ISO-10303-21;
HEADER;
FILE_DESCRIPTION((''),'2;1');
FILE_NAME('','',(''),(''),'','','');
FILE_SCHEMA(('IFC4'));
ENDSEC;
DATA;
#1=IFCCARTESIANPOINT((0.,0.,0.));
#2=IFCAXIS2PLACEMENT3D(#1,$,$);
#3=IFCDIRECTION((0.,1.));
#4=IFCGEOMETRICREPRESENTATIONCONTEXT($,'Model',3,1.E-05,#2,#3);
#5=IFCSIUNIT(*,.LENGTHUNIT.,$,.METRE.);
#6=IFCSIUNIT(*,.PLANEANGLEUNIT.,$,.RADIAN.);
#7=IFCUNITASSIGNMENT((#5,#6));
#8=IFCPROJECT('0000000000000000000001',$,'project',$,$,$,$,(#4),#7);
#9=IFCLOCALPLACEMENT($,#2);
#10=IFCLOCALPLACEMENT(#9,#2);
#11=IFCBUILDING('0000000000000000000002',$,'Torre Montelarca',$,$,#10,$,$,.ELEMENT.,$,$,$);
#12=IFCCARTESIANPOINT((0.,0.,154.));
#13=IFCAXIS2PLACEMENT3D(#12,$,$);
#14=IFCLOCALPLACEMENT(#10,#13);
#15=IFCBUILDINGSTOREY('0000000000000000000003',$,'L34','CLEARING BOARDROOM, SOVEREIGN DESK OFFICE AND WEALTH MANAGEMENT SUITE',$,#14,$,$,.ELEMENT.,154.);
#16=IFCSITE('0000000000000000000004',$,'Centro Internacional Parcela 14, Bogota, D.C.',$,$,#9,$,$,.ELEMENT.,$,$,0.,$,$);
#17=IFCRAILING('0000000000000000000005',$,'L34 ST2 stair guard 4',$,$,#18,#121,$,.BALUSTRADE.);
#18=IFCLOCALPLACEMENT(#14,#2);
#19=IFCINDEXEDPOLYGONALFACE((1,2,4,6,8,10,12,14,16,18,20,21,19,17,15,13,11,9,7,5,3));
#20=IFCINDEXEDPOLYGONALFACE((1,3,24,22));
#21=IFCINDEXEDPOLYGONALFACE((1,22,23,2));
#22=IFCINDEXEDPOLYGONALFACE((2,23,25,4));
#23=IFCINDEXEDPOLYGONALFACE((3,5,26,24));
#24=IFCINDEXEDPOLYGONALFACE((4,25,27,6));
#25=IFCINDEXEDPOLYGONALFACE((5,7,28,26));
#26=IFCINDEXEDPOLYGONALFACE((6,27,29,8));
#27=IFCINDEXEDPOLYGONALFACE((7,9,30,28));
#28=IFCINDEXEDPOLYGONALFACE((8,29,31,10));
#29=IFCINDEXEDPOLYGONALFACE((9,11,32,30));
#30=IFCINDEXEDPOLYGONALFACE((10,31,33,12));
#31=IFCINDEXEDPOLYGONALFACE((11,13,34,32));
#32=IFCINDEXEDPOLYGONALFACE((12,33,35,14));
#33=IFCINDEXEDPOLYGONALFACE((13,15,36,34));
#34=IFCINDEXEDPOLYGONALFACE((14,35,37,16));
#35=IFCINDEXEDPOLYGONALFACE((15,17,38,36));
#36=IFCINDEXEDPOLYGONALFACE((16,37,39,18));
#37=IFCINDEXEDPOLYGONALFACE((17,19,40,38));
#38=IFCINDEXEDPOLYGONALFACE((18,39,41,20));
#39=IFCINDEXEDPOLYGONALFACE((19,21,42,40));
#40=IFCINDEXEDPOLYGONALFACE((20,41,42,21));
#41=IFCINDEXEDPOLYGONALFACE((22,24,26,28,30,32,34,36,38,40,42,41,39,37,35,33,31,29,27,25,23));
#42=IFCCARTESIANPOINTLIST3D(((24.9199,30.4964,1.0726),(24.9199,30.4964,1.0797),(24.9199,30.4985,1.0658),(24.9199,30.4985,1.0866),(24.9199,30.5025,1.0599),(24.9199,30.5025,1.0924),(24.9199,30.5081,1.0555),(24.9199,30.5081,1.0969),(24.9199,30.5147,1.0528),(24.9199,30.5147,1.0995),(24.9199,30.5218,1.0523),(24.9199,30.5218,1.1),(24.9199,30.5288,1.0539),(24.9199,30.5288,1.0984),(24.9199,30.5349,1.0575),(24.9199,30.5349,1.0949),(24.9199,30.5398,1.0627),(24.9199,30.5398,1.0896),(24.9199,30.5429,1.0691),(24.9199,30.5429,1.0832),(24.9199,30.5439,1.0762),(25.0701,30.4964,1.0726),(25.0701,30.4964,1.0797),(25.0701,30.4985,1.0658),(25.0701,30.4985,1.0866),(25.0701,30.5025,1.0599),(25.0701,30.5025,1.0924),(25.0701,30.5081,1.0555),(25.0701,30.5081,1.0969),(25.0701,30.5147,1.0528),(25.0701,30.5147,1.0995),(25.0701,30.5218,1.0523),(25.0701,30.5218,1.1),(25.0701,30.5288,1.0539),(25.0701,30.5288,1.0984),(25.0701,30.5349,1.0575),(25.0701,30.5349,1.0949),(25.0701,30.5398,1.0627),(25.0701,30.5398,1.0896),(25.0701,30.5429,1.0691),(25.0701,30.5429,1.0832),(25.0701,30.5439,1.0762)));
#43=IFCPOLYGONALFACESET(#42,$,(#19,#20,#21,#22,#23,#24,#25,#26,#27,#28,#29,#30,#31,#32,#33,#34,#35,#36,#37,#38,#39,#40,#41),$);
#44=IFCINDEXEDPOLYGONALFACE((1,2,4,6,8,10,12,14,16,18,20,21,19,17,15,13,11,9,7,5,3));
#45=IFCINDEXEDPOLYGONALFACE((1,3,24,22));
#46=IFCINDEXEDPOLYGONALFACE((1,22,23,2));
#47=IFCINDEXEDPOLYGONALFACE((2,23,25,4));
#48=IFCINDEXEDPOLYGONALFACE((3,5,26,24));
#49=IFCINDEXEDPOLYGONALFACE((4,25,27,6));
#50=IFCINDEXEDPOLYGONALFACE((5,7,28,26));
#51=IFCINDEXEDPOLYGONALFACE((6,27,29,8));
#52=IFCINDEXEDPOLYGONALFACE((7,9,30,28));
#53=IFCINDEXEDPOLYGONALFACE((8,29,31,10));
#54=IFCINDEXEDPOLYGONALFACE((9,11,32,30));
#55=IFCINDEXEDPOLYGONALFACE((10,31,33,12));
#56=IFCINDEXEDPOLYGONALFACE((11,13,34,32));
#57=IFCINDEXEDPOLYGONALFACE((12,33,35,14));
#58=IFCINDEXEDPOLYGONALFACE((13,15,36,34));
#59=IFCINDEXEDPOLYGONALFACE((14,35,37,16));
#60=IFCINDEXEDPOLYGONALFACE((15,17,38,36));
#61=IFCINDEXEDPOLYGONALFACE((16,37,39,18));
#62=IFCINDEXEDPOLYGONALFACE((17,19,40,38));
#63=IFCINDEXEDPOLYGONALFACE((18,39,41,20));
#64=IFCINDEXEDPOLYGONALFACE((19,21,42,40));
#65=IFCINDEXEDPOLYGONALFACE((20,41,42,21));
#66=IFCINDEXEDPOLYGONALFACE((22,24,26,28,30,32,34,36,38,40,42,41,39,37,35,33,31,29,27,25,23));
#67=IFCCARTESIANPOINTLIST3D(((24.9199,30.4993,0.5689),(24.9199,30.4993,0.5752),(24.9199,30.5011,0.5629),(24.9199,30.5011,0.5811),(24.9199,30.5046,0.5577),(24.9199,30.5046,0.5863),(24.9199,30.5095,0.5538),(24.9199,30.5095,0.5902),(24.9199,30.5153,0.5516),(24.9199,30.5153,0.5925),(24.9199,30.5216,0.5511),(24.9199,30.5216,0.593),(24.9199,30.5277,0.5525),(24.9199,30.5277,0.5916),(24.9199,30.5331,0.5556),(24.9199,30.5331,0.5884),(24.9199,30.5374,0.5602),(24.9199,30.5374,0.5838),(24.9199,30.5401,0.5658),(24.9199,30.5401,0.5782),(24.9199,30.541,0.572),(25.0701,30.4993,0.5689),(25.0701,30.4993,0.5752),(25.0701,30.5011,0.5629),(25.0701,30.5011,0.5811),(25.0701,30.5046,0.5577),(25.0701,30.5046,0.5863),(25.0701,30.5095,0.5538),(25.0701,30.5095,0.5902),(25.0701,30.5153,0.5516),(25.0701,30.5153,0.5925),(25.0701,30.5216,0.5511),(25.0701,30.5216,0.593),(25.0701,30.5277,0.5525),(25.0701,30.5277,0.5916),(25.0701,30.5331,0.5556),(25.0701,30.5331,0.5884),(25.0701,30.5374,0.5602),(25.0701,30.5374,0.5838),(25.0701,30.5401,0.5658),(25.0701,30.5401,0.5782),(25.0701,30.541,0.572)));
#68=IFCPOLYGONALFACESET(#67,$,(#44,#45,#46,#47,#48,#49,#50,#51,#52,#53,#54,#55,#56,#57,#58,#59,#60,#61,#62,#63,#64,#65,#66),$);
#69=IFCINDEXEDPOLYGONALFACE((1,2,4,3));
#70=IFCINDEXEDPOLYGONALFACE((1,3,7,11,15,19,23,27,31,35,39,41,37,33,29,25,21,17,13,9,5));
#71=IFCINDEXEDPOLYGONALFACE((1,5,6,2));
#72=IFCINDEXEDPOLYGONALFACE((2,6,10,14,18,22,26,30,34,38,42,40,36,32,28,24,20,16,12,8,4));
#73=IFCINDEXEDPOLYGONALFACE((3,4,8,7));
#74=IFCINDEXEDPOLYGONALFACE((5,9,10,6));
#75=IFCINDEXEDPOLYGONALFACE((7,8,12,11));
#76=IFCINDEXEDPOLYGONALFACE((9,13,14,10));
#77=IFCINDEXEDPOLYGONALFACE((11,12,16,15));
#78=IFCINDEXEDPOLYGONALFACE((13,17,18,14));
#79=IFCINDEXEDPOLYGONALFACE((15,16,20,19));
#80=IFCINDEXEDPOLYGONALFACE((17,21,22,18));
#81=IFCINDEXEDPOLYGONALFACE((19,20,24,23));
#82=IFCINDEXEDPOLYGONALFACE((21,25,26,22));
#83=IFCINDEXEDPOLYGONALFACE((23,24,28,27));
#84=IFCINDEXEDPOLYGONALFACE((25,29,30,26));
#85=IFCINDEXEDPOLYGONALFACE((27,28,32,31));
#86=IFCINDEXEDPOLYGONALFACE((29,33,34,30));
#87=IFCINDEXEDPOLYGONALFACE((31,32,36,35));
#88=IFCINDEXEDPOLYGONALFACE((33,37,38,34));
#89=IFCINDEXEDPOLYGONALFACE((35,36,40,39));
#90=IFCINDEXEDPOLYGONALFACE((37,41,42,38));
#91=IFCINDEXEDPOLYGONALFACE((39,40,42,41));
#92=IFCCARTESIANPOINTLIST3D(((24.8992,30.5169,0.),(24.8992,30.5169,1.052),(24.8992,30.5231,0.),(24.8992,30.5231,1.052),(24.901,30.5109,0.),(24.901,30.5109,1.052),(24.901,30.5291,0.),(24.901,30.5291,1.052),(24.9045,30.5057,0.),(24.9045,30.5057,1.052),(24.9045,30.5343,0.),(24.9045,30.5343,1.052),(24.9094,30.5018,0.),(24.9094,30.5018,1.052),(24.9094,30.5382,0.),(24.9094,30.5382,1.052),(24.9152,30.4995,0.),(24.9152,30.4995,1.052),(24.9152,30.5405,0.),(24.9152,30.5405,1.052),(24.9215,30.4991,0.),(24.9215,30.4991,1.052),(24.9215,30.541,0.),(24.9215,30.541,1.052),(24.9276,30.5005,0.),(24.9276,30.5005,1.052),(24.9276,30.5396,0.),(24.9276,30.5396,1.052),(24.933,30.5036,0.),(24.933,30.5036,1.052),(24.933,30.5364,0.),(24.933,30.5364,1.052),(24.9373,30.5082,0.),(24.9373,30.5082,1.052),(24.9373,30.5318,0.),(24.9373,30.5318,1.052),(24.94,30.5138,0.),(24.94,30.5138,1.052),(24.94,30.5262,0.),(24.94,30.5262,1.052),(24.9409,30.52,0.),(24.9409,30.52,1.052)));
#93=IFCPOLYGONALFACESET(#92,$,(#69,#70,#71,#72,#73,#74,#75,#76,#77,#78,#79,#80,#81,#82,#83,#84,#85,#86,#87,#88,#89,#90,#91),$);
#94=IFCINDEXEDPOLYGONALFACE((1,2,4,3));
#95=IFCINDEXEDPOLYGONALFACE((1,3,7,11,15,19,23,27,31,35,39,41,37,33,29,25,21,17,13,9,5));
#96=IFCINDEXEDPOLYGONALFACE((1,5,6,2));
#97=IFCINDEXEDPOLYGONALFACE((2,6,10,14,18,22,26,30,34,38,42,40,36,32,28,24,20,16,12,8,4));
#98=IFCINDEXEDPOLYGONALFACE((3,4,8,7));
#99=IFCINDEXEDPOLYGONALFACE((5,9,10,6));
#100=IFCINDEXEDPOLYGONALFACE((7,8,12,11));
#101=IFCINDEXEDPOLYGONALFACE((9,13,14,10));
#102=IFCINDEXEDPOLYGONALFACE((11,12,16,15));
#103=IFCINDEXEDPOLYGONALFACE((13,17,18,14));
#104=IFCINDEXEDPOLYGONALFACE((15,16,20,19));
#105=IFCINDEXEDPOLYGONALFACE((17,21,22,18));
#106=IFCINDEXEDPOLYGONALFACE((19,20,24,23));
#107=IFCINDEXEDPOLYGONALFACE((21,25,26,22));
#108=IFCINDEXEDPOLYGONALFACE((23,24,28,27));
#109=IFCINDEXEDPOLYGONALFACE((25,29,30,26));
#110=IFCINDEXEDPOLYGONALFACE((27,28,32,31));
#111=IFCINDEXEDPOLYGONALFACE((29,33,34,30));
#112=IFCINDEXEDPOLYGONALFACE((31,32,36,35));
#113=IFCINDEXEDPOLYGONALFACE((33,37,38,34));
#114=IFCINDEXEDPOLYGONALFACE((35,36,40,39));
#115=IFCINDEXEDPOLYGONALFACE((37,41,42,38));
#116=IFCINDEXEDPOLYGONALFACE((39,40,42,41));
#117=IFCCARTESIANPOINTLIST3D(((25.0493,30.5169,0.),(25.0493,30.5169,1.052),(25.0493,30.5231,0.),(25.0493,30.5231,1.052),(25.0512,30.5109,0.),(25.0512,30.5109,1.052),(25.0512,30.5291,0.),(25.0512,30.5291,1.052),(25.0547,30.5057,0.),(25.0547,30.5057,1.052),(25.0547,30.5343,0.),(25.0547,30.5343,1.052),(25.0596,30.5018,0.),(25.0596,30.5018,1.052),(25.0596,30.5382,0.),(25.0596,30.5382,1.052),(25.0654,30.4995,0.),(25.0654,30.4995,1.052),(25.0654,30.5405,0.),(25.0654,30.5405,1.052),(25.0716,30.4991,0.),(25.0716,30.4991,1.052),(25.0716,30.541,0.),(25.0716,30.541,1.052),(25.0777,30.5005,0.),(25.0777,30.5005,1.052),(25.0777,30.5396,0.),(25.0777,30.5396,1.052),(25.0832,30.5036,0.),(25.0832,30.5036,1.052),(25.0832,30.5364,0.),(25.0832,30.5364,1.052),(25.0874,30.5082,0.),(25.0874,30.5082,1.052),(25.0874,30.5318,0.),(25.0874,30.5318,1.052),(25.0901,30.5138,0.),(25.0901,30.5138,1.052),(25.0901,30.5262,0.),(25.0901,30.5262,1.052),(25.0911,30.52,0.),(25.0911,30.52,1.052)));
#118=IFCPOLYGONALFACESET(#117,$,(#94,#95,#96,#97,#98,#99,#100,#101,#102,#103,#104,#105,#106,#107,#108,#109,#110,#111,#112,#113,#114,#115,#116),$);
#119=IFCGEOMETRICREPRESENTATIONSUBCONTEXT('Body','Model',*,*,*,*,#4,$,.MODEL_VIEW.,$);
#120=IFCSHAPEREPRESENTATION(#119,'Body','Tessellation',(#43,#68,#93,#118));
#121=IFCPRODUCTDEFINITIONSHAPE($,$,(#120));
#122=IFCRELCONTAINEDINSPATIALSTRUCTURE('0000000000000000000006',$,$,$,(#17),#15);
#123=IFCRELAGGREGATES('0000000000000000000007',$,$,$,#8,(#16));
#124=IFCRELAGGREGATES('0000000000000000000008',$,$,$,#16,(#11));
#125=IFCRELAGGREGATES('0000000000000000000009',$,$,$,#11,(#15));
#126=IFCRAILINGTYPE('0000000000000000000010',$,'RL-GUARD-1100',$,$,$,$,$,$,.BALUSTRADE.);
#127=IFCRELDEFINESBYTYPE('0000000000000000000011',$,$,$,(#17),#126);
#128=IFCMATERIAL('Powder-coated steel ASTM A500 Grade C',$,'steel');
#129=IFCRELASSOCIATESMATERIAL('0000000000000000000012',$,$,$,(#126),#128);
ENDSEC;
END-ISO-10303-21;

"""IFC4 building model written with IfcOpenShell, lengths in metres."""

from ifc_helpers import new_model, si_unit, direction, frame, origin, origin_2d, place, context, subcontext, project, spatial, circle, extrude, material, type_object, element, save


model = new_model("IFC4")

# Units and contexts
model_context = context("Model", 3, precision=1e-05, world=origin(), true_north=direction((0.0, 1.0)))
body_context = subcontext(model_context, "Body", "Model", "MODEL_VIEW")
ifc_project = project(units=[si_unit("LENGTHUNIT", "METRE"), si_unit("PLANEANGLEUNIT", "RADIAN")], contexts=[model_context])

# Site, building, storey
site_placement = place(None, origin())
site = spatial("IfcSite", under=ifc_project, at=site_placement, Name="Centro Internacional Parcela 14, Bogota, D.C.", CompositionType="ELEMENT", RefElevation=0.0)
building_placement = place(site_placement, origin())
building = spatial("IfcBuilding", under=site, at=building_placement, Name="Torre Montelarca", CompositionType="ELEMENT")
storey_placement = place(building_placement, frame((0.0, 0.0, 154.0)))
storey = spatial("IfcBuildingStorey", under=building, at=storey_placement, Name="L34", Description="CLEARING BOARDROOM, SOVEREIGN DESK OFFICE AND WEALTH MANAGEMENT SUITE", CompositionType="ELEMENT", Elevation=154.0)

# Railing
ifc_material_1 = material(Name="Powder-coated steel ASTM A500 Grade C", Category="steel")
railing_type_1 = type_object("IfcRailingType", Name="RL-GUARD-1100", PredefinedType="BALUSTRADE", material=ifc_material_1)
railing_1_placement = place(storey_placement, frame((24.9199, 30.52, 0.0)))
element("IfcRailing", 1, at=railing_1_placement, inside=storey, type_object=railing_type_1, Name="L34 ST2 stair guard 4", PredefinedType="BALUSTRADE", context=body_context, shape_type="SweptSolid", body=[
    extrude(circle(Radius=0.0239, at=origin_2d()), frame((0.0, 0.0, 1.0762), z_axis=(1.0, 0.0, 0.0), x_axis=(0.0, 1.0, 0.0)), (0.0, 0.0, 1.0), 0.1501),
    extrude(circle(Radius=0.021, at=origin_2d()), frame((0.0, 0.0, 0.572), z_axis=(1.0, 0.0, 0.0), x_axis=(0.0, 1.0, 0.0)), (0.0, 0.0, 1.0), 0.1501),
    extrude(circle(Radius=0.021, at=origin_2d()), origin(), (0.0, 0.0, 1.0), 1.052),
    extrude(circle(Radius=0.021, at=origin_2d()), frame((0.1501, 0.0, 0.0)), (0.0, 0.0, 1.0), 1.052),
])

save(model, "model.ifc")
